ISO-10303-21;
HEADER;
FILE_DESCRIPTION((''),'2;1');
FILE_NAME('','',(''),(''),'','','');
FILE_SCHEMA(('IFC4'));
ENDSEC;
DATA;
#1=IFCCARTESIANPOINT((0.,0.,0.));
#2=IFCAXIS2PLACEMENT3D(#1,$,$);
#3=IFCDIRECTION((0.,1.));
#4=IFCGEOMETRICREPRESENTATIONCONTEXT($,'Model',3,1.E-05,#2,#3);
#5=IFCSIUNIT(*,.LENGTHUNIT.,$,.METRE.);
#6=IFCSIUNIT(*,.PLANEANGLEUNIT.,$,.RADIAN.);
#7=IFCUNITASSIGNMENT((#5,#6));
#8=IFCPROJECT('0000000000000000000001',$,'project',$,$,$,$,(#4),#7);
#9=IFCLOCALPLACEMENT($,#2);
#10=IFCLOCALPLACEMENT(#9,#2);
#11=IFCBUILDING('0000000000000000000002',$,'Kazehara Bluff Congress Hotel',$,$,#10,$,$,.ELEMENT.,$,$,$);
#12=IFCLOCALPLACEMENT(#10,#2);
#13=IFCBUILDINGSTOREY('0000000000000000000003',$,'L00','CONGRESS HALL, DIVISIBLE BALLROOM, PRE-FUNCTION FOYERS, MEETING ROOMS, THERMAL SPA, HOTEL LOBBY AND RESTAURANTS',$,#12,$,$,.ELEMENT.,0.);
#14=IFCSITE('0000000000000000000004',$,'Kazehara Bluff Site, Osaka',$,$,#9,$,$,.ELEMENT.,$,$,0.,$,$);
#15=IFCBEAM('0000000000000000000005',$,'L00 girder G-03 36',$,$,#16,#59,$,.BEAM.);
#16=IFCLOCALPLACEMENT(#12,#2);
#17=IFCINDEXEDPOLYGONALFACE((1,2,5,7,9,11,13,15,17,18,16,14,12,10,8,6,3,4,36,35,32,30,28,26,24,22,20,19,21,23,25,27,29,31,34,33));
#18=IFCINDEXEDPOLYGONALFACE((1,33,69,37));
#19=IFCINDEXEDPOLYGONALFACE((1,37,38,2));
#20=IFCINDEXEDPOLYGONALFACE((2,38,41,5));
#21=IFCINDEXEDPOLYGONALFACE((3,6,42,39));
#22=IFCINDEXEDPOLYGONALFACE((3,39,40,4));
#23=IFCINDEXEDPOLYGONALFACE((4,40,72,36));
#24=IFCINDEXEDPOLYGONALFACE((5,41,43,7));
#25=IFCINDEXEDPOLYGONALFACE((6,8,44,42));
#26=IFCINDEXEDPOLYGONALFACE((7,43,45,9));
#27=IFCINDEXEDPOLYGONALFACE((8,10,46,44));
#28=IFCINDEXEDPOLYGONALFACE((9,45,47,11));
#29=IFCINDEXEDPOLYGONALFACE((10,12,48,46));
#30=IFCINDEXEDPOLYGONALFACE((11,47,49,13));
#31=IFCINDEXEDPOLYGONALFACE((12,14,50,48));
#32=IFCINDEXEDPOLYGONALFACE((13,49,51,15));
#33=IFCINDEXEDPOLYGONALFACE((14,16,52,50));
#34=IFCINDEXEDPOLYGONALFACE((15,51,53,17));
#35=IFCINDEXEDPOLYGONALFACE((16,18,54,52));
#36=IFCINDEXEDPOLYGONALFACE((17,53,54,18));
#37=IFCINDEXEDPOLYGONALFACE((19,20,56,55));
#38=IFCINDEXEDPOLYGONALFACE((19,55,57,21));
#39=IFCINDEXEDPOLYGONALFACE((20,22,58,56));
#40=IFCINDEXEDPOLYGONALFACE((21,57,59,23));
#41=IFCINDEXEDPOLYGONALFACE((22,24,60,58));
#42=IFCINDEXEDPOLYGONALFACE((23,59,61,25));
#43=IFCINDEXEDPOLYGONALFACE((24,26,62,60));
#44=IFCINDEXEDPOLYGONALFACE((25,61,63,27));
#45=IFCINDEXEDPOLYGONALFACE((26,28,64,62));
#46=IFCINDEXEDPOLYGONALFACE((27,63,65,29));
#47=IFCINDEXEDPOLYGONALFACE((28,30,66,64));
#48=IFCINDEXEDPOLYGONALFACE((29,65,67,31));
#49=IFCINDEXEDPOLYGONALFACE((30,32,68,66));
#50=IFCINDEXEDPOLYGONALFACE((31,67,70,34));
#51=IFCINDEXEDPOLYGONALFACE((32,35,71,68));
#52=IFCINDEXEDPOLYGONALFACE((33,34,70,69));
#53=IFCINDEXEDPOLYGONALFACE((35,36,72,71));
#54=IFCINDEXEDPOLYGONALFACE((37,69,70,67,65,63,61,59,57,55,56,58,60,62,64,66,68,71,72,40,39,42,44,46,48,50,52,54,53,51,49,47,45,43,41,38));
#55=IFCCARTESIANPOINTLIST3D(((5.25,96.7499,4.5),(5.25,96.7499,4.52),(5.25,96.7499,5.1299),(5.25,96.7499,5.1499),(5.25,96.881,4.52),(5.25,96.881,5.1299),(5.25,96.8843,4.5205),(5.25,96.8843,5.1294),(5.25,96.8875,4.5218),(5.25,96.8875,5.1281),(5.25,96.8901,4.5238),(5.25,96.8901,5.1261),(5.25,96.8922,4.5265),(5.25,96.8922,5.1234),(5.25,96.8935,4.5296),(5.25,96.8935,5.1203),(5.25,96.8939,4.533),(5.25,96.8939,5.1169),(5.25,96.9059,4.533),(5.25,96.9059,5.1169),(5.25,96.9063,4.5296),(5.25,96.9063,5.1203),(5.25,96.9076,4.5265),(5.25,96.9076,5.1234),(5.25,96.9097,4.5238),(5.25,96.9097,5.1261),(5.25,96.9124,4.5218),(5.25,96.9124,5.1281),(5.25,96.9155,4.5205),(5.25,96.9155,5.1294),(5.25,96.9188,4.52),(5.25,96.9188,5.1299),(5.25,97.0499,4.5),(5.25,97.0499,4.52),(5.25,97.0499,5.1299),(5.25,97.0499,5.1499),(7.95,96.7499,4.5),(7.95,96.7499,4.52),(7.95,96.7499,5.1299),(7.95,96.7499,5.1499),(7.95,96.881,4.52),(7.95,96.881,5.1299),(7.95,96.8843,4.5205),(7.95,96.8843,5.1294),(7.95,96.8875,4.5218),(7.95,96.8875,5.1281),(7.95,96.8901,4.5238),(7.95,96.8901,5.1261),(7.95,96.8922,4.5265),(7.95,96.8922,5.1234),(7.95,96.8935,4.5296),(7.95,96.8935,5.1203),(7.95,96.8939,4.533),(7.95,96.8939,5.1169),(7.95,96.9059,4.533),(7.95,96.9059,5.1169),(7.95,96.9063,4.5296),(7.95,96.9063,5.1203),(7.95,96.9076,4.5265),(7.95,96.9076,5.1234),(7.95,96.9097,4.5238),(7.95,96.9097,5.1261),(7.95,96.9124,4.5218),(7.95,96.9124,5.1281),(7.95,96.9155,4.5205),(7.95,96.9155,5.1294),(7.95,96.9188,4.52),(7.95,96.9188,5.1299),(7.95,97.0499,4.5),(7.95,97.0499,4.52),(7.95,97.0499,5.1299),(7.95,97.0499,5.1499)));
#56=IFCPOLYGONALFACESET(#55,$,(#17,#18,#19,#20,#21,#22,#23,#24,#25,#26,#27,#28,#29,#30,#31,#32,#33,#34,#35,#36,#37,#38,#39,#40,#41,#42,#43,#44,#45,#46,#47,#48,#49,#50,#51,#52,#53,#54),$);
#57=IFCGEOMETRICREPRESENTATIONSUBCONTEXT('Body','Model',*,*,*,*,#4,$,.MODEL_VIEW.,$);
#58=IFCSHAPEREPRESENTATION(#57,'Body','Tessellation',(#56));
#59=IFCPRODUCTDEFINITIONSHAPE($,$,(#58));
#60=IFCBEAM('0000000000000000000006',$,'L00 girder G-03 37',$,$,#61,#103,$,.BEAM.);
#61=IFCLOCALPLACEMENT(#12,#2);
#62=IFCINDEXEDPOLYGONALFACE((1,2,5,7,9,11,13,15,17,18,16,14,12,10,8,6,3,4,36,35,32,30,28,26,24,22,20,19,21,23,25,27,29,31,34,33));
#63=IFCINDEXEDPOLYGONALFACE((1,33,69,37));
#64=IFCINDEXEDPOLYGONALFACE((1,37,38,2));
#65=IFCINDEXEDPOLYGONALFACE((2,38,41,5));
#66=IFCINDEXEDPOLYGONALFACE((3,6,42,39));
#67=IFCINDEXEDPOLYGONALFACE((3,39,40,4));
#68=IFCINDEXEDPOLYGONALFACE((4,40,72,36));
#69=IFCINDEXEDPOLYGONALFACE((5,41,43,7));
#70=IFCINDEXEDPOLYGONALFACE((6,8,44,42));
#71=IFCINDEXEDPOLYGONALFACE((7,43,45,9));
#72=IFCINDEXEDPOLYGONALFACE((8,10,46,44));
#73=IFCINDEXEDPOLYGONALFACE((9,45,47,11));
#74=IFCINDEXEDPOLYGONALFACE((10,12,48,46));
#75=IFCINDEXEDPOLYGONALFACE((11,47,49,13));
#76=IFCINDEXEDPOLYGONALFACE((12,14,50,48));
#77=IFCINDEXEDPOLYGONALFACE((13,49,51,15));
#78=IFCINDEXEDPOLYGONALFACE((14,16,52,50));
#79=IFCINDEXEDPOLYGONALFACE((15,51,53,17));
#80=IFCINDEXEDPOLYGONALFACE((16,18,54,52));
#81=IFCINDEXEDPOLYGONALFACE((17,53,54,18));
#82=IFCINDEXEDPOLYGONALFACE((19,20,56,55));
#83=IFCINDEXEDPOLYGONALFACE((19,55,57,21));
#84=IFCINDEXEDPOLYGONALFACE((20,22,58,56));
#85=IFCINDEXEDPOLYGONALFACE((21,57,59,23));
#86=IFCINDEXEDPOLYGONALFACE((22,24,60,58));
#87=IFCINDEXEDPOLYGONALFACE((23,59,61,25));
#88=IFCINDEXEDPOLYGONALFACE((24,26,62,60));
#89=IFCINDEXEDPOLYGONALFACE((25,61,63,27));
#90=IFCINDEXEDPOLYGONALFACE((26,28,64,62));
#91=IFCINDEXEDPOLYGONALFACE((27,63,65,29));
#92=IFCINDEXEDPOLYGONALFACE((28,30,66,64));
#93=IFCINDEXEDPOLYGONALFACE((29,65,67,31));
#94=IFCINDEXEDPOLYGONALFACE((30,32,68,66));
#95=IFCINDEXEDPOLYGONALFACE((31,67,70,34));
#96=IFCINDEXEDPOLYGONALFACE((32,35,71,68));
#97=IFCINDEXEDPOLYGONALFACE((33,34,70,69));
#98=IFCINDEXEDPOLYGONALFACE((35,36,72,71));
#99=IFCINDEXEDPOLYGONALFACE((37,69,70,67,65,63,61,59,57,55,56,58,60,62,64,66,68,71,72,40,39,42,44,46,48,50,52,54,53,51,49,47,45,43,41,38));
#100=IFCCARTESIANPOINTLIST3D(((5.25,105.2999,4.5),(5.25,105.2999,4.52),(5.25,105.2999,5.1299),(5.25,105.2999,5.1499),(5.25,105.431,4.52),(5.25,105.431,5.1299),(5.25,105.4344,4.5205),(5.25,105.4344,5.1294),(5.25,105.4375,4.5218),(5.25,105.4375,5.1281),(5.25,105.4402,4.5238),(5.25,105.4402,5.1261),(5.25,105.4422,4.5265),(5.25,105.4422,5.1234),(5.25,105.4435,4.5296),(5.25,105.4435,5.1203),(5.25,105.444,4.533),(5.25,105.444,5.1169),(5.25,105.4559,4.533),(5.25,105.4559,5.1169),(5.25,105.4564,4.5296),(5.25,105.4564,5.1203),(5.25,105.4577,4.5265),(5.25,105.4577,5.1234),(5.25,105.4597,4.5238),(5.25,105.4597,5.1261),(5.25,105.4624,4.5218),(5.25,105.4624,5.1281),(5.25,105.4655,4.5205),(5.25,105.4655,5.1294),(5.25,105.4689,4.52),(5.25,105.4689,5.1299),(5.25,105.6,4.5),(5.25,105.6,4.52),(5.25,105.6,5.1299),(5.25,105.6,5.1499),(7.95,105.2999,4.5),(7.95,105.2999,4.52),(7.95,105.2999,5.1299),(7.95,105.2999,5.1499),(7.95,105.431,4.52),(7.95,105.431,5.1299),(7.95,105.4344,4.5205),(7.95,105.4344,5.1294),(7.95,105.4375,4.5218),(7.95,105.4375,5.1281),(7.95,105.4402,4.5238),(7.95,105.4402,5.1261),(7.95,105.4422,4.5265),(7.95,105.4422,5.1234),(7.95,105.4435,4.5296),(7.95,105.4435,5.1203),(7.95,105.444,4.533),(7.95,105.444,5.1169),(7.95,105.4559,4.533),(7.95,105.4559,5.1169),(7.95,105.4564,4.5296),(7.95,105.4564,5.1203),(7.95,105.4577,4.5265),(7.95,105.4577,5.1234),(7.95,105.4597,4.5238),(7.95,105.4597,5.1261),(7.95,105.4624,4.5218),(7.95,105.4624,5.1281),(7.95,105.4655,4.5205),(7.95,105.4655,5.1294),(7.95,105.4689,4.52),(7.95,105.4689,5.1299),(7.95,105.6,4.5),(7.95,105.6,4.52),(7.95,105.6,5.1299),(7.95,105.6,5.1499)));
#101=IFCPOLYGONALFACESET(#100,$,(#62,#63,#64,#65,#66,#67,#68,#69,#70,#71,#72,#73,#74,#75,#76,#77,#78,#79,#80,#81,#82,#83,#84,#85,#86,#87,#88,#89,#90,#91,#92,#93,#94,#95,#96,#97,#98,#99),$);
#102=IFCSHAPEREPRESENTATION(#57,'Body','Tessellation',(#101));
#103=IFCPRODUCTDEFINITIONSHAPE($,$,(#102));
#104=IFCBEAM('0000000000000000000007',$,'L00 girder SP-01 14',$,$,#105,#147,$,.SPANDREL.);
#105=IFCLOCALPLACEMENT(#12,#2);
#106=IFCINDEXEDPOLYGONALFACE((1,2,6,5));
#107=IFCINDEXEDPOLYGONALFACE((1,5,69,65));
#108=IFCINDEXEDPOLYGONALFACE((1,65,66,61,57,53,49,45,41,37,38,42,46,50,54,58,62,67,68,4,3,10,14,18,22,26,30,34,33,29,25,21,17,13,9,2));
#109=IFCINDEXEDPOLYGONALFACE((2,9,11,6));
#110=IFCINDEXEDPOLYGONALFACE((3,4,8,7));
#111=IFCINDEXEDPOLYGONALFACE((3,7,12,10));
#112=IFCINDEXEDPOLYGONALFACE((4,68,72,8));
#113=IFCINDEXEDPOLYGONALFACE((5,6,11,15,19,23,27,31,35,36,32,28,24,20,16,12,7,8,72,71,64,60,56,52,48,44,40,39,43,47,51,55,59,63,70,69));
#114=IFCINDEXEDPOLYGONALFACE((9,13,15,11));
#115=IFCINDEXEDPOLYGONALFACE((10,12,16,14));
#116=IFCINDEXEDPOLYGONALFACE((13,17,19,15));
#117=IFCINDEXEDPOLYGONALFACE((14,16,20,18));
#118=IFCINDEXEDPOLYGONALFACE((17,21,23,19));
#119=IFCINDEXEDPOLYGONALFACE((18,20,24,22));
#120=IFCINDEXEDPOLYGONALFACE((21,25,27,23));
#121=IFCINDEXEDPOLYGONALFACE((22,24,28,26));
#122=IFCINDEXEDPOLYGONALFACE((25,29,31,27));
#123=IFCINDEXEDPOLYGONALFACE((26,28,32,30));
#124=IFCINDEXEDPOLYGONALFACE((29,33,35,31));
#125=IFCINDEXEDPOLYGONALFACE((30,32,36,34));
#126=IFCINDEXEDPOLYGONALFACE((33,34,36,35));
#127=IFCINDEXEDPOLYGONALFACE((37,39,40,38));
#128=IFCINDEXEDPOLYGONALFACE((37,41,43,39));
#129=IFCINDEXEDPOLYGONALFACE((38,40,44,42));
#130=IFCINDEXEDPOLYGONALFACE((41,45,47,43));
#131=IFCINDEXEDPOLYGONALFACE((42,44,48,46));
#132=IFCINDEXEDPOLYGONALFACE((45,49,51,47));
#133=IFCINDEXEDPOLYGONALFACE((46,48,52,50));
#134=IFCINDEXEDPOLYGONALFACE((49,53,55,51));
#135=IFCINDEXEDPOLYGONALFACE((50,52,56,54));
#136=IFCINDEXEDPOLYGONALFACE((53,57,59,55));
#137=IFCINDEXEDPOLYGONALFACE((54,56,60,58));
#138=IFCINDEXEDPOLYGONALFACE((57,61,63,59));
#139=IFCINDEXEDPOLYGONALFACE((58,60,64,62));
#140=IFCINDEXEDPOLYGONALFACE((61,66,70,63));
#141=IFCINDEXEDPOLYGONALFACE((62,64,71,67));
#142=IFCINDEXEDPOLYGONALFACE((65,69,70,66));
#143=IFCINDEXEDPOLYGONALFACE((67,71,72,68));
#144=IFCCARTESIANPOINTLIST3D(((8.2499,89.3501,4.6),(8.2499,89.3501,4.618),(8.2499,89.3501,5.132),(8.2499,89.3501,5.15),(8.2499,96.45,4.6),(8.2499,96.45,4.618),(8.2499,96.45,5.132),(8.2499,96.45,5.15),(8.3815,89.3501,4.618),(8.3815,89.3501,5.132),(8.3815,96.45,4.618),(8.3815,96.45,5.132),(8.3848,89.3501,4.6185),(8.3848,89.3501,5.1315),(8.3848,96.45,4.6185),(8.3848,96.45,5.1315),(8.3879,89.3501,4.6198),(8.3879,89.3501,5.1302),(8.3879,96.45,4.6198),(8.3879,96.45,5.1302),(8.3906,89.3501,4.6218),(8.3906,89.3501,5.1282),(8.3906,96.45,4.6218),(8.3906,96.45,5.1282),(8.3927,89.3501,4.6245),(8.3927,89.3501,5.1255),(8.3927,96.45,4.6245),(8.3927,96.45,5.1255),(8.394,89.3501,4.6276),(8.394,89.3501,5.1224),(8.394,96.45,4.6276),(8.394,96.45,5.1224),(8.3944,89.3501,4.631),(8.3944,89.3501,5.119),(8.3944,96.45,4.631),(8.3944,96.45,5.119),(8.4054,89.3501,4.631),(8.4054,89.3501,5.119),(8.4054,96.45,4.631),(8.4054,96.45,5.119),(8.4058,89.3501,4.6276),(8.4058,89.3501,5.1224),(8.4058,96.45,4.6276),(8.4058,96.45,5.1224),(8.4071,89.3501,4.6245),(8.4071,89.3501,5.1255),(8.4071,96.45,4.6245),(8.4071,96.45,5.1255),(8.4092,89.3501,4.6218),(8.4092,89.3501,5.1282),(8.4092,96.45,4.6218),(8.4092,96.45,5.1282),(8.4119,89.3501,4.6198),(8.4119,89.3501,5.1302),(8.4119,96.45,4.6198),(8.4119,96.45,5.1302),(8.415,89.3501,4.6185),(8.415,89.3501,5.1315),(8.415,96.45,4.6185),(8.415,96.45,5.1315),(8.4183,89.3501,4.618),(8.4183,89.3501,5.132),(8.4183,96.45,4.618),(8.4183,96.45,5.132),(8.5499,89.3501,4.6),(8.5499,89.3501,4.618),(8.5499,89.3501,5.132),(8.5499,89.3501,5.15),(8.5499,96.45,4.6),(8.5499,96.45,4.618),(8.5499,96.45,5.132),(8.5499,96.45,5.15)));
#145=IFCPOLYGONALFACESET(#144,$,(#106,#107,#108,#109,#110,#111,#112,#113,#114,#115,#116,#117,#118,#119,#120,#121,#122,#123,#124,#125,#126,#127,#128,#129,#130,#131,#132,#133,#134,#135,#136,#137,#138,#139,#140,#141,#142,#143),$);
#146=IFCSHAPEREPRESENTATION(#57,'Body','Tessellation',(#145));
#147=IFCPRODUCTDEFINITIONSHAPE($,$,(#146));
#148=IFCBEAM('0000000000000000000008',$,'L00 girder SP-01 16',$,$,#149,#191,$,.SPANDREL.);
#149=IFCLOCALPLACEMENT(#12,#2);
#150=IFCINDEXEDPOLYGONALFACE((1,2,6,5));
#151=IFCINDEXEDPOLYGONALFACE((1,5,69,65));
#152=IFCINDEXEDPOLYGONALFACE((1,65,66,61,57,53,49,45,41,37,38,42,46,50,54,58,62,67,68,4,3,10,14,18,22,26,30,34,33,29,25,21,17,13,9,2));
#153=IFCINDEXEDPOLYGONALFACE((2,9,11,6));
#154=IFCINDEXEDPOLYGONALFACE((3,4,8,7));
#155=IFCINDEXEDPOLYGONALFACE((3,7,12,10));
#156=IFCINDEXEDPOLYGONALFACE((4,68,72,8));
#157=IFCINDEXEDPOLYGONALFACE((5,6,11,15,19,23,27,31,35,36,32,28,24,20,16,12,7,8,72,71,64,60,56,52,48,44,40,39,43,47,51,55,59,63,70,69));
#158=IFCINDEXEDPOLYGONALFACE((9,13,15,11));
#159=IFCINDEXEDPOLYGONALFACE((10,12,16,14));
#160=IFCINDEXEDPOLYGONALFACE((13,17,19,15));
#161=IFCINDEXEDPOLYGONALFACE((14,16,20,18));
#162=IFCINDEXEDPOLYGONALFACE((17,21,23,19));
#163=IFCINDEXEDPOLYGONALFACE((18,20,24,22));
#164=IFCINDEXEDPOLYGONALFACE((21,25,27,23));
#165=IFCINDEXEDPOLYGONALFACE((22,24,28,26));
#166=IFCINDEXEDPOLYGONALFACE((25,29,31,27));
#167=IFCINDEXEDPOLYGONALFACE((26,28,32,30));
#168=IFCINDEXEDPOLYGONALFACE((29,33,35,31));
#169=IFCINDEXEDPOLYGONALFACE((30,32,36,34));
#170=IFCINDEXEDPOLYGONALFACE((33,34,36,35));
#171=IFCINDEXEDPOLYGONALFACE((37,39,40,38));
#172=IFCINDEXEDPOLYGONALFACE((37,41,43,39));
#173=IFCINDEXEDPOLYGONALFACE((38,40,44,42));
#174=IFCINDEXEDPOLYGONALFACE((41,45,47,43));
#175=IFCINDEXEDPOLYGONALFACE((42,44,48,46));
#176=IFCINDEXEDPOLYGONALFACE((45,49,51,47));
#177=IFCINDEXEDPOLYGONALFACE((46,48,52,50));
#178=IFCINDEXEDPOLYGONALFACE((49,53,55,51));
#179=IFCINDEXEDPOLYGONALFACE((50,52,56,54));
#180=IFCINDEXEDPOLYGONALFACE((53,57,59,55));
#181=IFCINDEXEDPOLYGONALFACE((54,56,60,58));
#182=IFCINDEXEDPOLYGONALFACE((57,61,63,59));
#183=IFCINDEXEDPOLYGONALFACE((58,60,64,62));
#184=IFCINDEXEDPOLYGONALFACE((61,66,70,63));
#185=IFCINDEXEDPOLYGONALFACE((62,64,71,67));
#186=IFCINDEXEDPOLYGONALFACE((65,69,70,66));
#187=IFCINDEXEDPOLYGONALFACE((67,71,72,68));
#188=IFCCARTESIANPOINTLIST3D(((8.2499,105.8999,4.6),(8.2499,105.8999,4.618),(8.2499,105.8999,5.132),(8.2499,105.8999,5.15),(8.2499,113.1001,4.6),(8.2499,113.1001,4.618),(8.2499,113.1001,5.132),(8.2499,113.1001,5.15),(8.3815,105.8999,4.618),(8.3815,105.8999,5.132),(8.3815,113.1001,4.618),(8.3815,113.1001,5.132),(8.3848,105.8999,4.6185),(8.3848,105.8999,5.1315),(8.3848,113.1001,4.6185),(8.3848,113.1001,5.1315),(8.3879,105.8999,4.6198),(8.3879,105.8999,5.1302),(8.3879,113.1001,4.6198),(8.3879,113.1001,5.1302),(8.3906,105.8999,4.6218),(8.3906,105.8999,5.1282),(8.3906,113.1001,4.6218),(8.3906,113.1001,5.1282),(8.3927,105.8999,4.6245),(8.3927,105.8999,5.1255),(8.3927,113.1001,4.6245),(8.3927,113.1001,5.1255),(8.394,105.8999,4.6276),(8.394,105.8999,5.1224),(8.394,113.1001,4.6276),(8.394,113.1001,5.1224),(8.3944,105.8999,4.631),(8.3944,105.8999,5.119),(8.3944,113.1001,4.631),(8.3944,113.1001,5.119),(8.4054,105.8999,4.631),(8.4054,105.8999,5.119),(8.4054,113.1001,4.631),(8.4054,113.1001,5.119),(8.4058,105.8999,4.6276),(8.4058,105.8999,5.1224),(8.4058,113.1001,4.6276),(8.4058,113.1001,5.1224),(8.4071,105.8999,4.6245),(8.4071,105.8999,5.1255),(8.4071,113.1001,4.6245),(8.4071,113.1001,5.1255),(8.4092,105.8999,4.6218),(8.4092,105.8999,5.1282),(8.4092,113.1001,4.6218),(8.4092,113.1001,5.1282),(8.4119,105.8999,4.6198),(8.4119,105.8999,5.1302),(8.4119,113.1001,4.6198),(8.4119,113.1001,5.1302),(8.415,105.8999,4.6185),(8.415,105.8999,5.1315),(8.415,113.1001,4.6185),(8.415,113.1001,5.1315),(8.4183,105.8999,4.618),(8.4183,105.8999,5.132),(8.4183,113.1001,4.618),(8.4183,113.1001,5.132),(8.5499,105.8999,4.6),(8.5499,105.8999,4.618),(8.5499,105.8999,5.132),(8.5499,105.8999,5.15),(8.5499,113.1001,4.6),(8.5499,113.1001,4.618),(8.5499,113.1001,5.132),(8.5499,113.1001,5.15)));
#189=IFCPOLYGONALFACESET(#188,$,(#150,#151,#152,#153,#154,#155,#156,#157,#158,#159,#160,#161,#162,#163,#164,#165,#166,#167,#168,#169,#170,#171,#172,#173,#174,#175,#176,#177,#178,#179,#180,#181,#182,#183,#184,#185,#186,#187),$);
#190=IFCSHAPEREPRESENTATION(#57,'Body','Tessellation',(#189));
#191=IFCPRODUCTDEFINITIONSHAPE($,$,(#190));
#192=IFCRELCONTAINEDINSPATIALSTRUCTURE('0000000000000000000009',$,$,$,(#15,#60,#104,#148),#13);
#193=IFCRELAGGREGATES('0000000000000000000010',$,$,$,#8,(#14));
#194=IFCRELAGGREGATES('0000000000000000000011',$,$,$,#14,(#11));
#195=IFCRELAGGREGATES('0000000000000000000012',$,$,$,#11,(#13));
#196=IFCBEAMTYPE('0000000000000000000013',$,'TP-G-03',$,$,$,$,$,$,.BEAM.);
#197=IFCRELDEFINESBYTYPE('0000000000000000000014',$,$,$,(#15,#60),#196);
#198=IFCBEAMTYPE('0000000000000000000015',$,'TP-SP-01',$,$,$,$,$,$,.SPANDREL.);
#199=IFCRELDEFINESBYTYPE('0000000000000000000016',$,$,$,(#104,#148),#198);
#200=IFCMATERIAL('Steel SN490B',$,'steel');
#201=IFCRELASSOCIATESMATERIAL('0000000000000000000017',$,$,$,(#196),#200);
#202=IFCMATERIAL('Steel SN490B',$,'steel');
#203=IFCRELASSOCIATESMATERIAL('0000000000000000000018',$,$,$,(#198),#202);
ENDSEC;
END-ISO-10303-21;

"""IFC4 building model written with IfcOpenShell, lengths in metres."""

from ifc_helpers import new_model, si_unit, direction, frame, origin, origin_2d, place, context, subcontext, project, spatial, i_section, extrude, material, material_profile, profile_set, type_object, element, save


model = new_model("IFC4")

# Units and contexts
model_context = context("Model", 3, precision=1e-05, world=origin(), true_north=direction((0.0, 1.0)))
body_context = subcontext(model_context, "Body", "Model", "MODEL_VIEW")
ifc_project = project(units=[si_unit("LENGTHUNIT", "METRE"), si_unit("PLANEANGLEUNIT", "RADIAN")], contexts=[model_context])

# Site, building, storey
site_placement = place(None, origin())
site = spatial("IfcSite", under=ifc_project, at=site_placement, Name="Kazehara Bluff Site, Osaka", CompositionType="ELEMENT", RefElevation=0.0)
building_placement = place(site_placement, origin())
building = spatial("IfcBuilding", under=site, at=building_placement, Name="Kazehara Bluff Congress Hotel", CompositionType="ELEMENT")
storey_placement = place(building_placement, origin())
storey = spatial("IfcBuildingStorey", under=building, at=storey_placement, Name="L00", Description="CONGRESS HALL, DIVISIBLE BALLROOM, PRE-FUNCTION FOYERS, MEETING ROOMS, THERMAL SPA, HOTEL LOBBY AND RESTAURANTS", CompositionType="ELEMENT", Elevation=0.0)

# Beams
ifc_material_1 = material(Name="Steel SN490B", Category="steel")
ifc_material_profile_1 = material_profile(ifc_material_1, i_section(OverallWidth=0.3, OverallDepth=0.6499, WebThickness=0.012, FlangeThickness=0.02, FilletRadius=0.0129, at=origin_2d()))
ifc_profile_set_1 = profile_set([ifc_material_profile_1], Name="Steel SN490B")
beam_type_1 = type_object("IfcBeamType", Name="TP-G-03", PredefinedType="BEAM", material=ifc_profile_set_1)
for number, where, z_axis, x_axis, name in (
    (1, (5.25, 96.8999, 4.825), (1.0, 0.0, 0.0), (0.0, 1.0, 0.0), "L00 girder G-03 36"),
    (2, (5.25, 105.45, 4.825), (1.0, 0.0, 0.0), (0.0, 1.0, 0.0), "L00 girder G-03 37"),
):
    element("IfcBeam", number, at=place(storey_placement, frame(where, z_axis=z_axis, x_axis=x_axis)), inside=storey, type_object=beam_type_1, Name=name, PredefinedType="BEAM", context=body_context, shape_type="SweptSolid", body=[
        extrude(i_section(OverallWidth=0.3, OverallDepth=0.6499, WebThickness=0.012, FlangeThickness=0.02, FilletRadius=0.0129, at=origin_2d()), origin(), (0.0, 0.0, 1.0), 2.7),
    ])
ifc_material_2 = material(Name="Steel SN490B", Category="steel")
ifc_material_profile_2 = material_profile(ifc_material_2, i_section(OverallWidth=0.3, OverallDepth=0.55, WebThickness=0.011, FlangeThickness=0.0181, FilletRadius=0.0129, at=origin_2d()))
ifc_profile_set_2 = profile_set([ifc_material_profile_2], Name="Steel SN490B")
beam_type_2 = type_object("IfcBeamType", Name="TP-SP-01", PredefinedType="SPANDREL", material=ifc_profile_set_2)
beam_1_placement = place(storey_placement, frame((8.3999, 89.3501, 4.875), z_axis=(0.0, 1.0, 0.0), x_axis=(-1.0, 0.0, 0.0)))
element("IfcBeam", 3, at=beam_1_placement, inside=storey, type_object=beam_type_2, Name="L00 girder SP-01 14", PredefinedType="SPANDREL", context=body_context, shape_type="SweptSolid", body=[
    extrude(i_section(OverallWidth=0.3, OverallDepth=0.55, WebThickness=0.011, FlangeThickness=0.0181, FilletRadius=0.0129, at=origin_2d()), origin(), (0.0, 0.0, 1.0), 7.0999),
])
beam_2_placement = place(storey_placement, frame((8.3999, 105.8999, 4.875), z_axis=(0.0, 1.0, 0.0), x_axis=(-1.0, 0.0, 0.0)))
element("IfcBeam", 4, at=beam_2_placement, inside=storey, type_object=beam_type_2, Name="L00 girder SP-01 16", PredefinedType="SPANDREL", context=body_context, shape_type="SweptSolid", body=[
    extrude(i_section(OverallWidth=0.3, OverallDepth=0.55, WebThickness=0.011, FlangeThickness=0.0181, FilletRadius=0.0129, at=origin_2d()), origin(), (0.0, 0.0, 1.0), 7.2002),
])

save(model, "model.ifc")
